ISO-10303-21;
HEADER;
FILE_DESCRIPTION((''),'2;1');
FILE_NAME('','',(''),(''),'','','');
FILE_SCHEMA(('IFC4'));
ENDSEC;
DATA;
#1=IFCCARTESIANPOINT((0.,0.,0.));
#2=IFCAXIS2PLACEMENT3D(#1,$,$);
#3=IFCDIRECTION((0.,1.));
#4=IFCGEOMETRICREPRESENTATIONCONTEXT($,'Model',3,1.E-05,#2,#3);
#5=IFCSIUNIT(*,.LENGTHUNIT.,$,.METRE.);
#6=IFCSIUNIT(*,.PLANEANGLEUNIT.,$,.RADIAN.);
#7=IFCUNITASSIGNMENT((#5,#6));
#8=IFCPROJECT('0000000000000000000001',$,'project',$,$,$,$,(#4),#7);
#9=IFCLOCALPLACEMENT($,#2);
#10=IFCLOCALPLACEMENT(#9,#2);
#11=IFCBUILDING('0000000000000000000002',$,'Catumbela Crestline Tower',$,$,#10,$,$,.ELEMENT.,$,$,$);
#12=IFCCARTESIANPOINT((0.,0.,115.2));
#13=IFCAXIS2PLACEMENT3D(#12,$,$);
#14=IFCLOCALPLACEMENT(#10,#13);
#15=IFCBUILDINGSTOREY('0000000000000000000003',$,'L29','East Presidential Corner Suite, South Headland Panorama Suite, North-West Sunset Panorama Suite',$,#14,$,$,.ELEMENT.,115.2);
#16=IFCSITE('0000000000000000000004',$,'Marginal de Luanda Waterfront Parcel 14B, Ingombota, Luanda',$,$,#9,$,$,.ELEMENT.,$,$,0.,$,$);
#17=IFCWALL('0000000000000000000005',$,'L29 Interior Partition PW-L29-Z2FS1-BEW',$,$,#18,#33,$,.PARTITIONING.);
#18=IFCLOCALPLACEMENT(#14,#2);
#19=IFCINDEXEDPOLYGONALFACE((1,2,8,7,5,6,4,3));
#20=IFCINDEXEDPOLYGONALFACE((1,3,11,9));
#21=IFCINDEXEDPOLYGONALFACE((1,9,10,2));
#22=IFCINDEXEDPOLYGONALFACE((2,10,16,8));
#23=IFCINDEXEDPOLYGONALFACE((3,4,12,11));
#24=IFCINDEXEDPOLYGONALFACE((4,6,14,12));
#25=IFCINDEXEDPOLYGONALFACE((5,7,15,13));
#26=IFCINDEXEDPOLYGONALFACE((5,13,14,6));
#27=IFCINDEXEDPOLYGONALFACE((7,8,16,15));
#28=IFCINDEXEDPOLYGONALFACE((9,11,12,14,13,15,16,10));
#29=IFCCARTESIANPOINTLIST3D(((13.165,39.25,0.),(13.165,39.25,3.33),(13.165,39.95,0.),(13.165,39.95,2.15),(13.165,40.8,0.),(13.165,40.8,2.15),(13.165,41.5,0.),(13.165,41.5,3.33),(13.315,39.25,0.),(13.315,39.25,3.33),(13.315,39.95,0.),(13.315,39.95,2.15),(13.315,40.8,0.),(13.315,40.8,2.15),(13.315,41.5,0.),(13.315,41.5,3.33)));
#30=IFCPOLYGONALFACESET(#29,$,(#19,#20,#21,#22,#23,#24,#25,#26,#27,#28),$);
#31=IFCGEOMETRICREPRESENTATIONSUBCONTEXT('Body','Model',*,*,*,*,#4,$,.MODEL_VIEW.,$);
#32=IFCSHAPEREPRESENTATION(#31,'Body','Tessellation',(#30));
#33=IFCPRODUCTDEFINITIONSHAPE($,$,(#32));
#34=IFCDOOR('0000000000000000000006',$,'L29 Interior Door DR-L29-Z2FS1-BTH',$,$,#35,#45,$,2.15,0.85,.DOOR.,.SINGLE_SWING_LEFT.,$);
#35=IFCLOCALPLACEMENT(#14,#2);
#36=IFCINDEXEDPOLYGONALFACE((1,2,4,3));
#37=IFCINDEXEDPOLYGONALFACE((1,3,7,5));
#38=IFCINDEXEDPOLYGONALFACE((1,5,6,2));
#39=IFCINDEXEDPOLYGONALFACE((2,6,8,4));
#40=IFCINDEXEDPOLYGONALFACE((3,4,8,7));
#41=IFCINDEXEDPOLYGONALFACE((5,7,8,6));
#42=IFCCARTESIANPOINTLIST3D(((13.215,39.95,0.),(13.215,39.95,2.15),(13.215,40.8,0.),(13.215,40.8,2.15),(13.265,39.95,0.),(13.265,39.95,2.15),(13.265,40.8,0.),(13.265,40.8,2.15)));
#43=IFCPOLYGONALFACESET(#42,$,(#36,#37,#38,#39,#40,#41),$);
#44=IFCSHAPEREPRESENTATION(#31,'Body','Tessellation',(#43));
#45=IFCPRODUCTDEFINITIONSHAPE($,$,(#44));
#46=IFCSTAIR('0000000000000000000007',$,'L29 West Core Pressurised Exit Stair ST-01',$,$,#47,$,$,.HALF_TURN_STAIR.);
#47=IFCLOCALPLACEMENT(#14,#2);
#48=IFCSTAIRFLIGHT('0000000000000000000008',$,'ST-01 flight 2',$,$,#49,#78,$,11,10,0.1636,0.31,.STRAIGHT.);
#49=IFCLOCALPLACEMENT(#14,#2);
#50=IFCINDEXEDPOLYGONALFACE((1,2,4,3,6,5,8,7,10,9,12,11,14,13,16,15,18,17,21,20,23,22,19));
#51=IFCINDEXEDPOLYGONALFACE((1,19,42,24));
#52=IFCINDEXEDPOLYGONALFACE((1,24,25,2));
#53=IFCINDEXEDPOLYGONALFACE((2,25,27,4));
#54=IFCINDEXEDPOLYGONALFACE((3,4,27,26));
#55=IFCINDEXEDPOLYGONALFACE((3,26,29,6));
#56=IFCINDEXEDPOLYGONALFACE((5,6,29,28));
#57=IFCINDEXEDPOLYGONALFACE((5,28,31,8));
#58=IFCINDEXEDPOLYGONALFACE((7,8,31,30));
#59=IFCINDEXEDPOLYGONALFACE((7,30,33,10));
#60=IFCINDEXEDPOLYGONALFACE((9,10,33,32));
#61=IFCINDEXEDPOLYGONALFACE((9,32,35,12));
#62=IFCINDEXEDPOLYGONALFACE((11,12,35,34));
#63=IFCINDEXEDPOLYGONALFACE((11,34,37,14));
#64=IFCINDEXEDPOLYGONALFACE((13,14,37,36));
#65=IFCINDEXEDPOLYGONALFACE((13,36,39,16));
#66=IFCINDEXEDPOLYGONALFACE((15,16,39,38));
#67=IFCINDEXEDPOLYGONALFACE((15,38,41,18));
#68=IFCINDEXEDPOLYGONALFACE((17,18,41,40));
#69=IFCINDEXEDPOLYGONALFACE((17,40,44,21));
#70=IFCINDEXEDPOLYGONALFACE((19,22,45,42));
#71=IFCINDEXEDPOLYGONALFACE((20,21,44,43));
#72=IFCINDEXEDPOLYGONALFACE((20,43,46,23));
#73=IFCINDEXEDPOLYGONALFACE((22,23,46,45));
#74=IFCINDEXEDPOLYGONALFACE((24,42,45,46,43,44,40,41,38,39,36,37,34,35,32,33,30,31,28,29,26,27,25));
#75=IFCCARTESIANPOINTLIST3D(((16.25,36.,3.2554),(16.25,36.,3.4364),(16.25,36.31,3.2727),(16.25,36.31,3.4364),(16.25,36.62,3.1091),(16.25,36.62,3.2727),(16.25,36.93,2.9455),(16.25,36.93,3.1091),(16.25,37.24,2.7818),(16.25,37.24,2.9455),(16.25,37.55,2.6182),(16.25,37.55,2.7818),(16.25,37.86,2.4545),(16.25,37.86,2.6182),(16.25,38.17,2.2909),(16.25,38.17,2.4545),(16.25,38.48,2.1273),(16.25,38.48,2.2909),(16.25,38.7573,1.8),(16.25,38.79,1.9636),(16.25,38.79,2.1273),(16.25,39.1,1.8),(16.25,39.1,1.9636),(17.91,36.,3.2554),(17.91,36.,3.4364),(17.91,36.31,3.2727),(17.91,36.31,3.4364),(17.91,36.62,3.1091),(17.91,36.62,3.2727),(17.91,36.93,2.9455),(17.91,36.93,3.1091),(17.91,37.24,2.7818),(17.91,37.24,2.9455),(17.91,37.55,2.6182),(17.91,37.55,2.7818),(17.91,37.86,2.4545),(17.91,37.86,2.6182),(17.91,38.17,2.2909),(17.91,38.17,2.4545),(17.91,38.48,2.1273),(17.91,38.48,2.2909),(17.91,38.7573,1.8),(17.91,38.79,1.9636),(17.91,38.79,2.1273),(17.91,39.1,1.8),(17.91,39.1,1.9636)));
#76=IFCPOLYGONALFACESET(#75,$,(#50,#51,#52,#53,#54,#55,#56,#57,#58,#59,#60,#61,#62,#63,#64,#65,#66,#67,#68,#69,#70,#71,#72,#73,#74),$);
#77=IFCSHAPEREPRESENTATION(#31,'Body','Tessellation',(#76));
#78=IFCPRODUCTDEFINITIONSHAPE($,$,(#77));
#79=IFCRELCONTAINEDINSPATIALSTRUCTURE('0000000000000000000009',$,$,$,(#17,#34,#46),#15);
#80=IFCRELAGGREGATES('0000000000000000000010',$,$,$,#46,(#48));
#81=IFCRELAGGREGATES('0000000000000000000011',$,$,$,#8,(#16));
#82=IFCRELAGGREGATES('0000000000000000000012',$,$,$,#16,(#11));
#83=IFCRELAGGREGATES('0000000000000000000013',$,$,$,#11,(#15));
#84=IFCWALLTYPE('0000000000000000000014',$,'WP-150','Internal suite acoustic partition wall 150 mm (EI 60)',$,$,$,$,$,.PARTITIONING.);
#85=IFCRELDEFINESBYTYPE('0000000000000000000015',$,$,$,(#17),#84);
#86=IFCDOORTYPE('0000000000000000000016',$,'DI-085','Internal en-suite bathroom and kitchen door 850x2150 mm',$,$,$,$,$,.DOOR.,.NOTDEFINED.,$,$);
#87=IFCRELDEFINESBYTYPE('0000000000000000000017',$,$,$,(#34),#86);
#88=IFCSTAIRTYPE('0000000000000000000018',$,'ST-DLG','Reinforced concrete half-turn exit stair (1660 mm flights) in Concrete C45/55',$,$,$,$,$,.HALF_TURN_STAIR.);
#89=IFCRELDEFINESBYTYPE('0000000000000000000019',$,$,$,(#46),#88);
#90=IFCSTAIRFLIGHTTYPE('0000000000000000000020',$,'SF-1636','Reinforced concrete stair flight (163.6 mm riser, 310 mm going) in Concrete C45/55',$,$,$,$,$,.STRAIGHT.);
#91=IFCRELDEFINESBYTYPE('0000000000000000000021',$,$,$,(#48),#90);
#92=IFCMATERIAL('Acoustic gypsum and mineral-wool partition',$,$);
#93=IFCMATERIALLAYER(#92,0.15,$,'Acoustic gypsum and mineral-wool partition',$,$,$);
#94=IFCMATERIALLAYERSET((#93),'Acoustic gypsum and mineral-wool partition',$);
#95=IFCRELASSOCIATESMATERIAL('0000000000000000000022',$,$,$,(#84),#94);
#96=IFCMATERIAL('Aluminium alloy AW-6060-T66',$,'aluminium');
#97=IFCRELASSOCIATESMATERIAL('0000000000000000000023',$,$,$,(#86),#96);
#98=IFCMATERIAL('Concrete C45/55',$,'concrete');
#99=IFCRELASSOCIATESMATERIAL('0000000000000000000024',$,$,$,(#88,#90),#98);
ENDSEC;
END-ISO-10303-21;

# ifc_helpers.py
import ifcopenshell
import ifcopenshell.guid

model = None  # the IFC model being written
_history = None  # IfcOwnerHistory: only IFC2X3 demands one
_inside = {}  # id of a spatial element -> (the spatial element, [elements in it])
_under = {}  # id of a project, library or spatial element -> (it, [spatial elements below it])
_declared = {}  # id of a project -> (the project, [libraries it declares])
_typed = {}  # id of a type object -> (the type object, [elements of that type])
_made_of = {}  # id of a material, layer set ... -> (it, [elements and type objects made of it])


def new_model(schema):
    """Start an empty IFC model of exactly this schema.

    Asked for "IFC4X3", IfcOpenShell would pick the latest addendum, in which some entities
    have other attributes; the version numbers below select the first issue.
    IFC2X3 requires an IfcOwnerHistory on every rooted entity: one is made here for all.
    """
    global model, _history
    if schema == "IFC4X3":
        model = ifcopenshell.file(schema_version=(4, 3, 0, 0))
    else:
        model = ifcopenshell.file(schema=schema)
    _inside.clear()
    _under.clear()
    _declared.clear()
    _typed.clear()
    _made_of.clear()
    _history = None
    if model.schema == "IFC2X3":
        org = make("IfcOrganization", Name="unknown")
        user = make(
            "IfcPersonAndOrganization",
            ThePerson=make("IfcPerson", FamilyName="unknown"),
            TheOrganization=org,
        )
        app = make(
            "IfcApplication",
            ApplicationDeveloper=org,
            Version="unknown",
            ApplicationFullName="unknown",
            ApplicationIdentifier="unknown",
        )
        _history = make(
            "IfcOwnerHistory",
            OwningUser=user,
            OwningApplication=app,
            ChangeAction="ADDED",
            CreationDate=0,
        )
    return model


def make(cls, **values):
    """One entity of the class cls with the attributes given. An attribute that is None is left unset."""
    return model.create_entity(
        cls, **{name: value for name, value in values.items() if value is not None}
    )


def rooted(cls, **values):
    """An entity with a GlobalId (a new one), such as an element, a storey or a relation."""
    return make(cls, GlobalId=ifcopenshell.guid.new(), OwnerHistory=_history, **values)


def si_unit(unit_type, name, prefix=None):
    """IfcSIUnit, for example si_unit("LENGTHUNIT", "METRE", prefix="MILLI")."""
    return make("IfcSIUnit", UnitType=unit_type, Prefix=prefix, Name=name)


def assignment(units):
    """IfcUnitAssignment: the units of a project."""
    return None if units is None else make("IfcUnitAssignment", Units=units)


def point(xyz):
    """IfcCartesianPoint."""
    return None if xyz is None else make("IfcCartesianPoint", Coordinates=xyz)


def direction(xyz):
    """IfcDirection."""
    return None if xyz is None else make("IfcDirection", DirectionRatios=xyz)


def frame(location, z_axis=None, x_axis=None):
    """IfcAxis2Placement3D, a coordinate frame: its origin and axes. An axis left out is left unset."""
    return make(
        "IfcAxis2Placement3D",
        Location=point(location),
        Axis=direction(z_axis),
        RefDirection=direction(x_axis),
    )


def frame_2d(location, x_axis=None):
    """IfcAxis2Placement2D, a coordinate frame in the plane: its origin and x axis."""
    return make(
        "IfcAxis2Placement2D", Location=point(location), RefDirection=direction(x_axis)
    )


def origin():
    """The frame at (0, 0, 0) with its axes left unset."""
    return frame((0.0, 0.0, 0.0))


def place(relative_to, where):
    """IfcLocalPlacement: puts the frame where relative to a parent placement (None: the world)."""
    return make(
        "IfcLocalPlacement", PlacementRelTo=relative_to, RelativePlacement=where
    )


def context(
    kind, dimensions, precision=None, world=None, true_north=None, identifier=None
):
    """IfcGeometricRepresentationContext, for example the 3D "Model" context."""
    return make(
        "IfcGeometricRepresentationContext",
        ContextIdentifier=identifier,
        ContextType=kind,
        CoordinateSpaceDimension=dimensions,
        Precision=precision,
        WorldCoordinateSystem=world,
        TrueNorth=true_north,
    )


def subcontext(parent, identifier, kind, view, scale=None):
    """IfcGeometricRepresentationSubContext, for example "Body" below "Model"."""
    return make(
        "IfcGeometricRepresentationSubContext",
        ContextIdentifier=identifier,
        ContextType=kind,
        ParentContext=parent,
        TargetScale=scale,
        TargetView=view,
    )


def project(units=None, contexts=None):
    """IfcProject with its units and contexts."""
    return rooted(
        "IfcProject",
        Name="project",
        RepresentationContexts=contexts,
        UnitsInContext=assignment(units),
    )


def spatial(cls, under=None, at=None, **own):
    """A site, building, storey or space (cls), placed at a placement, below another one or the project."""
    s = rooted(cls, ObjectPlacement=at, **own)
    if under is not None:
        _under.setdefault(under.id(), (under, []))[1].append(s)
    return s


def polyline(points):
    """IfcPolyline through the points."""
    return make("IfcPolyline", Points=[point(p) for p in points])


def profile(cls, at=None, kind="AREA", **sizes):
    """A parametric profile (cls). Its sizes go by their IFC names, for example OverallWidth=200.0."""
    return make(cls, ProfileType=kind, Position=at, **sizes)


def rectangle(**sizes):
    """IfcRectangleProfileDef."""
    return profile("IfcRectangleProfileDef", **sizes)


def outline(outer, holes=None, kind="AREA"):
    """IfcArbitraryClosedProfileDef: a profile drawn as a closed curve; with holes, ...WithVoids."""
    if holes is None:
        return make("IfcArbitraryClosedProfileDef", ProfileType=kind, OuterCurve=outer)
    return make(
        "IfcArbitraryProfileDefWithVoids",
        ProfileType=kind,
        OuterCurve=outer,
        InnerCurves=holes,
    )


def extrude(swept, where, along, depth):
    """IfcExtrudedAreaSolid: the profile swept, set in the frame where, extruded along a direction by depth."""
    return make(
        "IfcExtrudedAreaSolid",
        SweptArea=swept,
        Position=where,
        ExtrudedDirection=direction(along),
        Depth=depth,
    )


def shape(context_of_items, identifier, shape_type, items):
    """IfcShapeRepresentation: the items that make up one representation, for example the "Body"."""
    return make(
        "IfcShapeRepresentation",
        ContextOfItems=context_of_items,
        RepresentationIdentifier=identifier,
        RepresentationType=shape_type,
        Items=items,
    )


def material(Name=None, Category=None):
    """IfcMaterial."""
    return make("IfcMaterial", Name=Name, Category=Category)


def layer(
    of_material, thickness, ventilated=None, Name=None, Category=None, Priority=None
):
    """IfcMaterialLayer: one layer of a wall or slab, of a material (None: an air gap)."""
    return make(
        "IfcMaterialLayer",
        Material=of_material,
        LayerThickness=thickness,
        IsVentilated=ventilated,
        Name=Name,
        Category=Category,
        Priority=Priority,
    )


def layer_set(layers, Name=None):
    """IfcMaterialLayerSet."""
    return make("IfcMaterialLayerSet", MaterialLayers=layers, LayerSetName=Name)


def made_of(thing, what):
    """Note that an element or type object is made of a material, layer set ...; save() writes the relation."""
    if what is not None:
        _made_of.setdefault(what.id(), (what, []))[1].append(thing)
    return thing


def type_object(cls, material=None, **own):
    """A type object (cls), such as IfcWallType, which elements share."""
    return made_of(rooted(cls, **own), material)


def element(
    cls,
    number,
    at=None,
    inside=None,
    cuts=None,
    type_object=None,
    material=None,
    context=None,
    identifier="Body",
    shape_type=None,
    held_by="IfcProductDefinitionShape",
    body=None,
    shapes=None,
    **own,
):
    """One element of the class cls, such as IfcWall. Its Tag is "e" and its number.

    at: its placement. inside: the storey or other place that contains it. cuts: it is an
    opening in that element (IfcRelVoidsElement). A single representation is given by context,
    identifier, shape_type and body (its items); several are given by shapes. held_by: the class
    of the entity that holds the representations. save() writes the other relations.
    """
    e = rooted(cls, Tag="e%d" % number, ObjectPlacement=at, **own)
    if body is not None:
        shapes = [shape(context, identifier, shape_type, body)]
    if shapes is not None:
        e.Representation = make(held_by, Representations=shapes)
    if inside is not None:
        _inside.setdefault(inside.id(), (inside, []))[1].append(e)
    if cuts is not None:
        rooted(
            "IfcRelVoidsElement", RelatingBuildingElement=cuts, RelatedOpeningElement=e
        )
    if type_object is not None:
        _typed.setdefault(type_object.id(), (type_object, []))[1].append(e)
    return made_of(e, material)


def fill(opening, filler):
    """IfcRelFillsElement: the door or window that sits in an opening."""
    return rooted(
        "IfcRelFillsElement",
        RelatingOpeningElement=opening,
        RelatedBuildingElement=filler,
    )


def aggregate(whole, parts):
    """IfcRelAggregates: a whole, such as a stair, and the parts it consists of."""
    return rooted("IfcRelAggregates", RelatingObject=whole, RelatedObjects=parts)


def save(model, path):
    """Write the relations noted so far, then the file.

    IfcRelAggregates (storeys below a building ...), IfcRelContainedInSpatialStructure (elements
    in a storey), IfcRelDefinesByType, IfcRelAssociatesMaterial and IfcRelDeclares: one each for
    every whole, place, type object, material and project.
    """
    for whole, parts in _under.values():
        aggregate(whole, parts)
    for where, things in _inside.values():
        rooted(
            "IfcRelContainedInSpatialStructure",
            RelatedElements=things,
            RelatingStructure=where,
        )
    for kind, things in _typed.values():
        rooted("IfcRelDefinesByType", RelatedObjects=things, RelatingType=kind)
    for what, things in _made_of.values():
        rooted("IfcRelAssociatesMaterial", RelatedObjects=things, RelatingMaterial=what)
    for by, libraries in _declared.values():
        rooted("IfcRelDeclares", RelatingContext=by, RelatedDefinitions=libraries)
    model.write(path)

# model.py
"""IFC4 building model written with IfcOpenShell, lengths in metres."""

from ifc_helpers import new_model, si_unit, direction, frame, frame_2d, origin, place, context, subcontext, project, spatial, polyline, rectangle, outline, extrude, material, layer, layer_set, type_object, element, fill, aggregate, save


model = new_model("IFC4")

# Units and contexts
model_context = context("Model", 3, precision=1e-05, world=origin(), true_north=direction((0.0, 1.0)))
body_context = subcontext(model_context, "Body", "Model", "MODEL_VIEW")
ifc_project = project(units=[si_unit("LENGTHUNIT", "METRE"), si_unit("PLANEANGLEUNIT", "RADIAN")], contexts=[model_context])

# Site, building, storey
site_placement = place(None, origin())
site = spatial("IfcSite", under=ifc_project, at=site_placement, Name="Marginal de Luanda Waterfront Parcel 14B, Ingombota, Luanda", CompositionType="ELEMENT", RefElevation=0.0)
building_placement = place(site_placement, origin())
building = spatial("IfcBuilding", under=site, at=building_placement, Name="Catumbela Crestline Tower", CompositionType="ELEMENT")
storey_placement = place(building_placement, frame((0.0, 0.0, 115.2)))
storey = spatial("IfcBuildingStorey", under=building, at=storey_placement, Name="L29", Description="East Presidential Corner Suite, South Headland Panorama Suite, North-West Sunset Panorama Suite", CompositionType="ELEMENT", Elevation=115.2)

# Shared definitions
ifc_material_1 = material(Name="Aluminium alloy AW-6060-T66", Category="aluminium")

# Shared definitions
ifc_material_2 = material(Name="Acoustic gypsum and mineral-wool partition")
ifc_layer_1 = layer(ifc_material_2, 0.15, Name="Acoustic gypsum and mineral-wool partition")
ifc_layer_set_1 = layer_set([ifc_layer_1], Name="Acoustic gypsum and mineral-wool partition")
wall_type_1 = type_object("IfcWallType", Name="WP-150", Description="Internal suite acoustic partition wall 150 mm (EI 60)", PredefinedType="PARTITIONING", material=ifc_layer_set_1)

# Wall, opening, door
wall_1_placement = place(storey_placement, frame((13.24, 39.25, 0.0), z_axis=(0.0, 0.0, 1.0), x_axis=(0.0, 1.0, 0.0)))
wall_1 = element("IfcWall", 1, at=wall_1_placement, inside=storey, type_object=wall_type_1, Name="L29 Interior Partition PW-L29-Z2FS1-BEW", PredefinedType="PARTITIONING", context=body_context, shape_type="SweptSolid", body=[
    extrude(rectangle(XDim=2.25, YDim=0.15, at=frame_2d((1.125, 0.0))), origin(), (0.0, 0.0, 1.0), 3.33),
])
opening_placement = place(wall_1_placement, frame((0.7, 0.0, 0.0)))
opening = element("IfcOpeningElement", 2, at=opening_placement, cuts=wall_1, PredefinedType="OPENING", context=body_context, shape_type="SweptSolid", body=[
    extrude(rectangle(XDim=0.85, YDim=2.15, at=frame_2d((0.425, 1.075))), frame((0.0, 0.085, 0.0), z_axis=(0.0, -1.0, 0.0), x_axis=(1.0, 0.0, 0.0)), (0.0, 0.0, 1.0), 0.17),
])
door_type = type_object("IfcDoorType", Name="DI-085", Description="Internal en-suite bathroom and kitchen door 850x2150 mm", OperationType="NOTDEFINED", PredefinedType="DOOR", material=ifc_material_1)
door_placement = place(opening_placement, origin())
door = element("IfcDoor", 3, at=door_placement, inside=storey, type_object=door_type, Name="L29 Interior Door DR-L29-Z2FS1-BTH", OperationType="SINGLE_SWING_LEFT", OverallHeight=2.15, OverallWidth=0.85, PredefinedType="DOOR", context=body_context, shape_type="SweptSolid", body=[
    extrude(rectangle(XDim=0.85, YDim=2.15, at=frame_2d((0.425, 1.075))), frame((0.0, 0.025, 0.0), z_axis=(0.0, -1.0, 0.0), x_axis=(1.0, 0.0, 0.0)), (0.0, 0.0, 1.0), 0.05),
])
fill(opening, door)

# Stair, stair flight
ifc_material_3 = material(Name="Concrete C45/55", Category="concrete")
stair_type = type_object("IfcStairType", Name="ST-DLG", Description="Reinforced concrete half-turn exit stair (1660 mm flights) in Concrete C45/55", PredefinedType="HALF_TURN_STAIR", material=ifc_material_3)
stair_placement = place(storey_placement, origin())
stair = element("IfcStair", 4, at=stair_placement, inside=storey, type_object=stair_type, Name="L29 West Core Pressurised Exit Stair ST-01", PredefinedType="HALF_TURN_STAIR")
stair_flight_type = type_object("IfcStairFlightType", Name="SF-1636", Description="Reinforced concrete stair flight (163.6 mm riser, 310 mm going) in Concrete C45/55", PredefinedType="STRAIGHT", material=ifc_material_3)
stair_flight_placement = place(storey_placement, frame((17.08, 39.1, 1.8), z_axis=(0.0, 0.0, 1.0), x_axis=(0.0, -1.0, 0.0)))
stair_flight = element("IfcStairFlight", 5, at=stair_flight_placement, type_object=stair_flight_type, Name="ST-01 flight 2", NumberOfRisers=11, NumberOfTreads=10, PredefinedType="STRAIGHT", RiserHeight=0.1636, TreadLength=0.31, context=body_context, shape_type="SweptSolid", body=[
    extrude(outline(polyline([(0.0, 0.0), (0.0, 0.1636), (0.31, 0.1636), (0.31, 0.3273), (0.62, 0.3273), (0.62, 0.4909), (0.93, 0.4909), (0.93, 0.6545), (1.24, 0.6545), (1.24, 0.8182), (1.55, 0.8182), (1.55, 0.9818), (1.86, 0.9818), (1.86, 1.1455), (2.17, 1.1455), (2.17, 1.3091), (2.48, 1.3091), (2.48, 1.4727), (2.79, 1.4727), (2.79, 1.6364), (3.1, 1.6364), (3.1, 1.8), (3.1, 1.4554), (0.3427, 0.0), (0.0, 0.0)])), frame((0.0, 0.83, 0.0), z_axis=(0.0, -1.0, 0.0), x_axis=(1.0, 0.0, 0.0)), (0.0, 0.0, 1.0), 1.66),
])
aggregate(stair, [stair_flight])

save(model, "model.ifc")
